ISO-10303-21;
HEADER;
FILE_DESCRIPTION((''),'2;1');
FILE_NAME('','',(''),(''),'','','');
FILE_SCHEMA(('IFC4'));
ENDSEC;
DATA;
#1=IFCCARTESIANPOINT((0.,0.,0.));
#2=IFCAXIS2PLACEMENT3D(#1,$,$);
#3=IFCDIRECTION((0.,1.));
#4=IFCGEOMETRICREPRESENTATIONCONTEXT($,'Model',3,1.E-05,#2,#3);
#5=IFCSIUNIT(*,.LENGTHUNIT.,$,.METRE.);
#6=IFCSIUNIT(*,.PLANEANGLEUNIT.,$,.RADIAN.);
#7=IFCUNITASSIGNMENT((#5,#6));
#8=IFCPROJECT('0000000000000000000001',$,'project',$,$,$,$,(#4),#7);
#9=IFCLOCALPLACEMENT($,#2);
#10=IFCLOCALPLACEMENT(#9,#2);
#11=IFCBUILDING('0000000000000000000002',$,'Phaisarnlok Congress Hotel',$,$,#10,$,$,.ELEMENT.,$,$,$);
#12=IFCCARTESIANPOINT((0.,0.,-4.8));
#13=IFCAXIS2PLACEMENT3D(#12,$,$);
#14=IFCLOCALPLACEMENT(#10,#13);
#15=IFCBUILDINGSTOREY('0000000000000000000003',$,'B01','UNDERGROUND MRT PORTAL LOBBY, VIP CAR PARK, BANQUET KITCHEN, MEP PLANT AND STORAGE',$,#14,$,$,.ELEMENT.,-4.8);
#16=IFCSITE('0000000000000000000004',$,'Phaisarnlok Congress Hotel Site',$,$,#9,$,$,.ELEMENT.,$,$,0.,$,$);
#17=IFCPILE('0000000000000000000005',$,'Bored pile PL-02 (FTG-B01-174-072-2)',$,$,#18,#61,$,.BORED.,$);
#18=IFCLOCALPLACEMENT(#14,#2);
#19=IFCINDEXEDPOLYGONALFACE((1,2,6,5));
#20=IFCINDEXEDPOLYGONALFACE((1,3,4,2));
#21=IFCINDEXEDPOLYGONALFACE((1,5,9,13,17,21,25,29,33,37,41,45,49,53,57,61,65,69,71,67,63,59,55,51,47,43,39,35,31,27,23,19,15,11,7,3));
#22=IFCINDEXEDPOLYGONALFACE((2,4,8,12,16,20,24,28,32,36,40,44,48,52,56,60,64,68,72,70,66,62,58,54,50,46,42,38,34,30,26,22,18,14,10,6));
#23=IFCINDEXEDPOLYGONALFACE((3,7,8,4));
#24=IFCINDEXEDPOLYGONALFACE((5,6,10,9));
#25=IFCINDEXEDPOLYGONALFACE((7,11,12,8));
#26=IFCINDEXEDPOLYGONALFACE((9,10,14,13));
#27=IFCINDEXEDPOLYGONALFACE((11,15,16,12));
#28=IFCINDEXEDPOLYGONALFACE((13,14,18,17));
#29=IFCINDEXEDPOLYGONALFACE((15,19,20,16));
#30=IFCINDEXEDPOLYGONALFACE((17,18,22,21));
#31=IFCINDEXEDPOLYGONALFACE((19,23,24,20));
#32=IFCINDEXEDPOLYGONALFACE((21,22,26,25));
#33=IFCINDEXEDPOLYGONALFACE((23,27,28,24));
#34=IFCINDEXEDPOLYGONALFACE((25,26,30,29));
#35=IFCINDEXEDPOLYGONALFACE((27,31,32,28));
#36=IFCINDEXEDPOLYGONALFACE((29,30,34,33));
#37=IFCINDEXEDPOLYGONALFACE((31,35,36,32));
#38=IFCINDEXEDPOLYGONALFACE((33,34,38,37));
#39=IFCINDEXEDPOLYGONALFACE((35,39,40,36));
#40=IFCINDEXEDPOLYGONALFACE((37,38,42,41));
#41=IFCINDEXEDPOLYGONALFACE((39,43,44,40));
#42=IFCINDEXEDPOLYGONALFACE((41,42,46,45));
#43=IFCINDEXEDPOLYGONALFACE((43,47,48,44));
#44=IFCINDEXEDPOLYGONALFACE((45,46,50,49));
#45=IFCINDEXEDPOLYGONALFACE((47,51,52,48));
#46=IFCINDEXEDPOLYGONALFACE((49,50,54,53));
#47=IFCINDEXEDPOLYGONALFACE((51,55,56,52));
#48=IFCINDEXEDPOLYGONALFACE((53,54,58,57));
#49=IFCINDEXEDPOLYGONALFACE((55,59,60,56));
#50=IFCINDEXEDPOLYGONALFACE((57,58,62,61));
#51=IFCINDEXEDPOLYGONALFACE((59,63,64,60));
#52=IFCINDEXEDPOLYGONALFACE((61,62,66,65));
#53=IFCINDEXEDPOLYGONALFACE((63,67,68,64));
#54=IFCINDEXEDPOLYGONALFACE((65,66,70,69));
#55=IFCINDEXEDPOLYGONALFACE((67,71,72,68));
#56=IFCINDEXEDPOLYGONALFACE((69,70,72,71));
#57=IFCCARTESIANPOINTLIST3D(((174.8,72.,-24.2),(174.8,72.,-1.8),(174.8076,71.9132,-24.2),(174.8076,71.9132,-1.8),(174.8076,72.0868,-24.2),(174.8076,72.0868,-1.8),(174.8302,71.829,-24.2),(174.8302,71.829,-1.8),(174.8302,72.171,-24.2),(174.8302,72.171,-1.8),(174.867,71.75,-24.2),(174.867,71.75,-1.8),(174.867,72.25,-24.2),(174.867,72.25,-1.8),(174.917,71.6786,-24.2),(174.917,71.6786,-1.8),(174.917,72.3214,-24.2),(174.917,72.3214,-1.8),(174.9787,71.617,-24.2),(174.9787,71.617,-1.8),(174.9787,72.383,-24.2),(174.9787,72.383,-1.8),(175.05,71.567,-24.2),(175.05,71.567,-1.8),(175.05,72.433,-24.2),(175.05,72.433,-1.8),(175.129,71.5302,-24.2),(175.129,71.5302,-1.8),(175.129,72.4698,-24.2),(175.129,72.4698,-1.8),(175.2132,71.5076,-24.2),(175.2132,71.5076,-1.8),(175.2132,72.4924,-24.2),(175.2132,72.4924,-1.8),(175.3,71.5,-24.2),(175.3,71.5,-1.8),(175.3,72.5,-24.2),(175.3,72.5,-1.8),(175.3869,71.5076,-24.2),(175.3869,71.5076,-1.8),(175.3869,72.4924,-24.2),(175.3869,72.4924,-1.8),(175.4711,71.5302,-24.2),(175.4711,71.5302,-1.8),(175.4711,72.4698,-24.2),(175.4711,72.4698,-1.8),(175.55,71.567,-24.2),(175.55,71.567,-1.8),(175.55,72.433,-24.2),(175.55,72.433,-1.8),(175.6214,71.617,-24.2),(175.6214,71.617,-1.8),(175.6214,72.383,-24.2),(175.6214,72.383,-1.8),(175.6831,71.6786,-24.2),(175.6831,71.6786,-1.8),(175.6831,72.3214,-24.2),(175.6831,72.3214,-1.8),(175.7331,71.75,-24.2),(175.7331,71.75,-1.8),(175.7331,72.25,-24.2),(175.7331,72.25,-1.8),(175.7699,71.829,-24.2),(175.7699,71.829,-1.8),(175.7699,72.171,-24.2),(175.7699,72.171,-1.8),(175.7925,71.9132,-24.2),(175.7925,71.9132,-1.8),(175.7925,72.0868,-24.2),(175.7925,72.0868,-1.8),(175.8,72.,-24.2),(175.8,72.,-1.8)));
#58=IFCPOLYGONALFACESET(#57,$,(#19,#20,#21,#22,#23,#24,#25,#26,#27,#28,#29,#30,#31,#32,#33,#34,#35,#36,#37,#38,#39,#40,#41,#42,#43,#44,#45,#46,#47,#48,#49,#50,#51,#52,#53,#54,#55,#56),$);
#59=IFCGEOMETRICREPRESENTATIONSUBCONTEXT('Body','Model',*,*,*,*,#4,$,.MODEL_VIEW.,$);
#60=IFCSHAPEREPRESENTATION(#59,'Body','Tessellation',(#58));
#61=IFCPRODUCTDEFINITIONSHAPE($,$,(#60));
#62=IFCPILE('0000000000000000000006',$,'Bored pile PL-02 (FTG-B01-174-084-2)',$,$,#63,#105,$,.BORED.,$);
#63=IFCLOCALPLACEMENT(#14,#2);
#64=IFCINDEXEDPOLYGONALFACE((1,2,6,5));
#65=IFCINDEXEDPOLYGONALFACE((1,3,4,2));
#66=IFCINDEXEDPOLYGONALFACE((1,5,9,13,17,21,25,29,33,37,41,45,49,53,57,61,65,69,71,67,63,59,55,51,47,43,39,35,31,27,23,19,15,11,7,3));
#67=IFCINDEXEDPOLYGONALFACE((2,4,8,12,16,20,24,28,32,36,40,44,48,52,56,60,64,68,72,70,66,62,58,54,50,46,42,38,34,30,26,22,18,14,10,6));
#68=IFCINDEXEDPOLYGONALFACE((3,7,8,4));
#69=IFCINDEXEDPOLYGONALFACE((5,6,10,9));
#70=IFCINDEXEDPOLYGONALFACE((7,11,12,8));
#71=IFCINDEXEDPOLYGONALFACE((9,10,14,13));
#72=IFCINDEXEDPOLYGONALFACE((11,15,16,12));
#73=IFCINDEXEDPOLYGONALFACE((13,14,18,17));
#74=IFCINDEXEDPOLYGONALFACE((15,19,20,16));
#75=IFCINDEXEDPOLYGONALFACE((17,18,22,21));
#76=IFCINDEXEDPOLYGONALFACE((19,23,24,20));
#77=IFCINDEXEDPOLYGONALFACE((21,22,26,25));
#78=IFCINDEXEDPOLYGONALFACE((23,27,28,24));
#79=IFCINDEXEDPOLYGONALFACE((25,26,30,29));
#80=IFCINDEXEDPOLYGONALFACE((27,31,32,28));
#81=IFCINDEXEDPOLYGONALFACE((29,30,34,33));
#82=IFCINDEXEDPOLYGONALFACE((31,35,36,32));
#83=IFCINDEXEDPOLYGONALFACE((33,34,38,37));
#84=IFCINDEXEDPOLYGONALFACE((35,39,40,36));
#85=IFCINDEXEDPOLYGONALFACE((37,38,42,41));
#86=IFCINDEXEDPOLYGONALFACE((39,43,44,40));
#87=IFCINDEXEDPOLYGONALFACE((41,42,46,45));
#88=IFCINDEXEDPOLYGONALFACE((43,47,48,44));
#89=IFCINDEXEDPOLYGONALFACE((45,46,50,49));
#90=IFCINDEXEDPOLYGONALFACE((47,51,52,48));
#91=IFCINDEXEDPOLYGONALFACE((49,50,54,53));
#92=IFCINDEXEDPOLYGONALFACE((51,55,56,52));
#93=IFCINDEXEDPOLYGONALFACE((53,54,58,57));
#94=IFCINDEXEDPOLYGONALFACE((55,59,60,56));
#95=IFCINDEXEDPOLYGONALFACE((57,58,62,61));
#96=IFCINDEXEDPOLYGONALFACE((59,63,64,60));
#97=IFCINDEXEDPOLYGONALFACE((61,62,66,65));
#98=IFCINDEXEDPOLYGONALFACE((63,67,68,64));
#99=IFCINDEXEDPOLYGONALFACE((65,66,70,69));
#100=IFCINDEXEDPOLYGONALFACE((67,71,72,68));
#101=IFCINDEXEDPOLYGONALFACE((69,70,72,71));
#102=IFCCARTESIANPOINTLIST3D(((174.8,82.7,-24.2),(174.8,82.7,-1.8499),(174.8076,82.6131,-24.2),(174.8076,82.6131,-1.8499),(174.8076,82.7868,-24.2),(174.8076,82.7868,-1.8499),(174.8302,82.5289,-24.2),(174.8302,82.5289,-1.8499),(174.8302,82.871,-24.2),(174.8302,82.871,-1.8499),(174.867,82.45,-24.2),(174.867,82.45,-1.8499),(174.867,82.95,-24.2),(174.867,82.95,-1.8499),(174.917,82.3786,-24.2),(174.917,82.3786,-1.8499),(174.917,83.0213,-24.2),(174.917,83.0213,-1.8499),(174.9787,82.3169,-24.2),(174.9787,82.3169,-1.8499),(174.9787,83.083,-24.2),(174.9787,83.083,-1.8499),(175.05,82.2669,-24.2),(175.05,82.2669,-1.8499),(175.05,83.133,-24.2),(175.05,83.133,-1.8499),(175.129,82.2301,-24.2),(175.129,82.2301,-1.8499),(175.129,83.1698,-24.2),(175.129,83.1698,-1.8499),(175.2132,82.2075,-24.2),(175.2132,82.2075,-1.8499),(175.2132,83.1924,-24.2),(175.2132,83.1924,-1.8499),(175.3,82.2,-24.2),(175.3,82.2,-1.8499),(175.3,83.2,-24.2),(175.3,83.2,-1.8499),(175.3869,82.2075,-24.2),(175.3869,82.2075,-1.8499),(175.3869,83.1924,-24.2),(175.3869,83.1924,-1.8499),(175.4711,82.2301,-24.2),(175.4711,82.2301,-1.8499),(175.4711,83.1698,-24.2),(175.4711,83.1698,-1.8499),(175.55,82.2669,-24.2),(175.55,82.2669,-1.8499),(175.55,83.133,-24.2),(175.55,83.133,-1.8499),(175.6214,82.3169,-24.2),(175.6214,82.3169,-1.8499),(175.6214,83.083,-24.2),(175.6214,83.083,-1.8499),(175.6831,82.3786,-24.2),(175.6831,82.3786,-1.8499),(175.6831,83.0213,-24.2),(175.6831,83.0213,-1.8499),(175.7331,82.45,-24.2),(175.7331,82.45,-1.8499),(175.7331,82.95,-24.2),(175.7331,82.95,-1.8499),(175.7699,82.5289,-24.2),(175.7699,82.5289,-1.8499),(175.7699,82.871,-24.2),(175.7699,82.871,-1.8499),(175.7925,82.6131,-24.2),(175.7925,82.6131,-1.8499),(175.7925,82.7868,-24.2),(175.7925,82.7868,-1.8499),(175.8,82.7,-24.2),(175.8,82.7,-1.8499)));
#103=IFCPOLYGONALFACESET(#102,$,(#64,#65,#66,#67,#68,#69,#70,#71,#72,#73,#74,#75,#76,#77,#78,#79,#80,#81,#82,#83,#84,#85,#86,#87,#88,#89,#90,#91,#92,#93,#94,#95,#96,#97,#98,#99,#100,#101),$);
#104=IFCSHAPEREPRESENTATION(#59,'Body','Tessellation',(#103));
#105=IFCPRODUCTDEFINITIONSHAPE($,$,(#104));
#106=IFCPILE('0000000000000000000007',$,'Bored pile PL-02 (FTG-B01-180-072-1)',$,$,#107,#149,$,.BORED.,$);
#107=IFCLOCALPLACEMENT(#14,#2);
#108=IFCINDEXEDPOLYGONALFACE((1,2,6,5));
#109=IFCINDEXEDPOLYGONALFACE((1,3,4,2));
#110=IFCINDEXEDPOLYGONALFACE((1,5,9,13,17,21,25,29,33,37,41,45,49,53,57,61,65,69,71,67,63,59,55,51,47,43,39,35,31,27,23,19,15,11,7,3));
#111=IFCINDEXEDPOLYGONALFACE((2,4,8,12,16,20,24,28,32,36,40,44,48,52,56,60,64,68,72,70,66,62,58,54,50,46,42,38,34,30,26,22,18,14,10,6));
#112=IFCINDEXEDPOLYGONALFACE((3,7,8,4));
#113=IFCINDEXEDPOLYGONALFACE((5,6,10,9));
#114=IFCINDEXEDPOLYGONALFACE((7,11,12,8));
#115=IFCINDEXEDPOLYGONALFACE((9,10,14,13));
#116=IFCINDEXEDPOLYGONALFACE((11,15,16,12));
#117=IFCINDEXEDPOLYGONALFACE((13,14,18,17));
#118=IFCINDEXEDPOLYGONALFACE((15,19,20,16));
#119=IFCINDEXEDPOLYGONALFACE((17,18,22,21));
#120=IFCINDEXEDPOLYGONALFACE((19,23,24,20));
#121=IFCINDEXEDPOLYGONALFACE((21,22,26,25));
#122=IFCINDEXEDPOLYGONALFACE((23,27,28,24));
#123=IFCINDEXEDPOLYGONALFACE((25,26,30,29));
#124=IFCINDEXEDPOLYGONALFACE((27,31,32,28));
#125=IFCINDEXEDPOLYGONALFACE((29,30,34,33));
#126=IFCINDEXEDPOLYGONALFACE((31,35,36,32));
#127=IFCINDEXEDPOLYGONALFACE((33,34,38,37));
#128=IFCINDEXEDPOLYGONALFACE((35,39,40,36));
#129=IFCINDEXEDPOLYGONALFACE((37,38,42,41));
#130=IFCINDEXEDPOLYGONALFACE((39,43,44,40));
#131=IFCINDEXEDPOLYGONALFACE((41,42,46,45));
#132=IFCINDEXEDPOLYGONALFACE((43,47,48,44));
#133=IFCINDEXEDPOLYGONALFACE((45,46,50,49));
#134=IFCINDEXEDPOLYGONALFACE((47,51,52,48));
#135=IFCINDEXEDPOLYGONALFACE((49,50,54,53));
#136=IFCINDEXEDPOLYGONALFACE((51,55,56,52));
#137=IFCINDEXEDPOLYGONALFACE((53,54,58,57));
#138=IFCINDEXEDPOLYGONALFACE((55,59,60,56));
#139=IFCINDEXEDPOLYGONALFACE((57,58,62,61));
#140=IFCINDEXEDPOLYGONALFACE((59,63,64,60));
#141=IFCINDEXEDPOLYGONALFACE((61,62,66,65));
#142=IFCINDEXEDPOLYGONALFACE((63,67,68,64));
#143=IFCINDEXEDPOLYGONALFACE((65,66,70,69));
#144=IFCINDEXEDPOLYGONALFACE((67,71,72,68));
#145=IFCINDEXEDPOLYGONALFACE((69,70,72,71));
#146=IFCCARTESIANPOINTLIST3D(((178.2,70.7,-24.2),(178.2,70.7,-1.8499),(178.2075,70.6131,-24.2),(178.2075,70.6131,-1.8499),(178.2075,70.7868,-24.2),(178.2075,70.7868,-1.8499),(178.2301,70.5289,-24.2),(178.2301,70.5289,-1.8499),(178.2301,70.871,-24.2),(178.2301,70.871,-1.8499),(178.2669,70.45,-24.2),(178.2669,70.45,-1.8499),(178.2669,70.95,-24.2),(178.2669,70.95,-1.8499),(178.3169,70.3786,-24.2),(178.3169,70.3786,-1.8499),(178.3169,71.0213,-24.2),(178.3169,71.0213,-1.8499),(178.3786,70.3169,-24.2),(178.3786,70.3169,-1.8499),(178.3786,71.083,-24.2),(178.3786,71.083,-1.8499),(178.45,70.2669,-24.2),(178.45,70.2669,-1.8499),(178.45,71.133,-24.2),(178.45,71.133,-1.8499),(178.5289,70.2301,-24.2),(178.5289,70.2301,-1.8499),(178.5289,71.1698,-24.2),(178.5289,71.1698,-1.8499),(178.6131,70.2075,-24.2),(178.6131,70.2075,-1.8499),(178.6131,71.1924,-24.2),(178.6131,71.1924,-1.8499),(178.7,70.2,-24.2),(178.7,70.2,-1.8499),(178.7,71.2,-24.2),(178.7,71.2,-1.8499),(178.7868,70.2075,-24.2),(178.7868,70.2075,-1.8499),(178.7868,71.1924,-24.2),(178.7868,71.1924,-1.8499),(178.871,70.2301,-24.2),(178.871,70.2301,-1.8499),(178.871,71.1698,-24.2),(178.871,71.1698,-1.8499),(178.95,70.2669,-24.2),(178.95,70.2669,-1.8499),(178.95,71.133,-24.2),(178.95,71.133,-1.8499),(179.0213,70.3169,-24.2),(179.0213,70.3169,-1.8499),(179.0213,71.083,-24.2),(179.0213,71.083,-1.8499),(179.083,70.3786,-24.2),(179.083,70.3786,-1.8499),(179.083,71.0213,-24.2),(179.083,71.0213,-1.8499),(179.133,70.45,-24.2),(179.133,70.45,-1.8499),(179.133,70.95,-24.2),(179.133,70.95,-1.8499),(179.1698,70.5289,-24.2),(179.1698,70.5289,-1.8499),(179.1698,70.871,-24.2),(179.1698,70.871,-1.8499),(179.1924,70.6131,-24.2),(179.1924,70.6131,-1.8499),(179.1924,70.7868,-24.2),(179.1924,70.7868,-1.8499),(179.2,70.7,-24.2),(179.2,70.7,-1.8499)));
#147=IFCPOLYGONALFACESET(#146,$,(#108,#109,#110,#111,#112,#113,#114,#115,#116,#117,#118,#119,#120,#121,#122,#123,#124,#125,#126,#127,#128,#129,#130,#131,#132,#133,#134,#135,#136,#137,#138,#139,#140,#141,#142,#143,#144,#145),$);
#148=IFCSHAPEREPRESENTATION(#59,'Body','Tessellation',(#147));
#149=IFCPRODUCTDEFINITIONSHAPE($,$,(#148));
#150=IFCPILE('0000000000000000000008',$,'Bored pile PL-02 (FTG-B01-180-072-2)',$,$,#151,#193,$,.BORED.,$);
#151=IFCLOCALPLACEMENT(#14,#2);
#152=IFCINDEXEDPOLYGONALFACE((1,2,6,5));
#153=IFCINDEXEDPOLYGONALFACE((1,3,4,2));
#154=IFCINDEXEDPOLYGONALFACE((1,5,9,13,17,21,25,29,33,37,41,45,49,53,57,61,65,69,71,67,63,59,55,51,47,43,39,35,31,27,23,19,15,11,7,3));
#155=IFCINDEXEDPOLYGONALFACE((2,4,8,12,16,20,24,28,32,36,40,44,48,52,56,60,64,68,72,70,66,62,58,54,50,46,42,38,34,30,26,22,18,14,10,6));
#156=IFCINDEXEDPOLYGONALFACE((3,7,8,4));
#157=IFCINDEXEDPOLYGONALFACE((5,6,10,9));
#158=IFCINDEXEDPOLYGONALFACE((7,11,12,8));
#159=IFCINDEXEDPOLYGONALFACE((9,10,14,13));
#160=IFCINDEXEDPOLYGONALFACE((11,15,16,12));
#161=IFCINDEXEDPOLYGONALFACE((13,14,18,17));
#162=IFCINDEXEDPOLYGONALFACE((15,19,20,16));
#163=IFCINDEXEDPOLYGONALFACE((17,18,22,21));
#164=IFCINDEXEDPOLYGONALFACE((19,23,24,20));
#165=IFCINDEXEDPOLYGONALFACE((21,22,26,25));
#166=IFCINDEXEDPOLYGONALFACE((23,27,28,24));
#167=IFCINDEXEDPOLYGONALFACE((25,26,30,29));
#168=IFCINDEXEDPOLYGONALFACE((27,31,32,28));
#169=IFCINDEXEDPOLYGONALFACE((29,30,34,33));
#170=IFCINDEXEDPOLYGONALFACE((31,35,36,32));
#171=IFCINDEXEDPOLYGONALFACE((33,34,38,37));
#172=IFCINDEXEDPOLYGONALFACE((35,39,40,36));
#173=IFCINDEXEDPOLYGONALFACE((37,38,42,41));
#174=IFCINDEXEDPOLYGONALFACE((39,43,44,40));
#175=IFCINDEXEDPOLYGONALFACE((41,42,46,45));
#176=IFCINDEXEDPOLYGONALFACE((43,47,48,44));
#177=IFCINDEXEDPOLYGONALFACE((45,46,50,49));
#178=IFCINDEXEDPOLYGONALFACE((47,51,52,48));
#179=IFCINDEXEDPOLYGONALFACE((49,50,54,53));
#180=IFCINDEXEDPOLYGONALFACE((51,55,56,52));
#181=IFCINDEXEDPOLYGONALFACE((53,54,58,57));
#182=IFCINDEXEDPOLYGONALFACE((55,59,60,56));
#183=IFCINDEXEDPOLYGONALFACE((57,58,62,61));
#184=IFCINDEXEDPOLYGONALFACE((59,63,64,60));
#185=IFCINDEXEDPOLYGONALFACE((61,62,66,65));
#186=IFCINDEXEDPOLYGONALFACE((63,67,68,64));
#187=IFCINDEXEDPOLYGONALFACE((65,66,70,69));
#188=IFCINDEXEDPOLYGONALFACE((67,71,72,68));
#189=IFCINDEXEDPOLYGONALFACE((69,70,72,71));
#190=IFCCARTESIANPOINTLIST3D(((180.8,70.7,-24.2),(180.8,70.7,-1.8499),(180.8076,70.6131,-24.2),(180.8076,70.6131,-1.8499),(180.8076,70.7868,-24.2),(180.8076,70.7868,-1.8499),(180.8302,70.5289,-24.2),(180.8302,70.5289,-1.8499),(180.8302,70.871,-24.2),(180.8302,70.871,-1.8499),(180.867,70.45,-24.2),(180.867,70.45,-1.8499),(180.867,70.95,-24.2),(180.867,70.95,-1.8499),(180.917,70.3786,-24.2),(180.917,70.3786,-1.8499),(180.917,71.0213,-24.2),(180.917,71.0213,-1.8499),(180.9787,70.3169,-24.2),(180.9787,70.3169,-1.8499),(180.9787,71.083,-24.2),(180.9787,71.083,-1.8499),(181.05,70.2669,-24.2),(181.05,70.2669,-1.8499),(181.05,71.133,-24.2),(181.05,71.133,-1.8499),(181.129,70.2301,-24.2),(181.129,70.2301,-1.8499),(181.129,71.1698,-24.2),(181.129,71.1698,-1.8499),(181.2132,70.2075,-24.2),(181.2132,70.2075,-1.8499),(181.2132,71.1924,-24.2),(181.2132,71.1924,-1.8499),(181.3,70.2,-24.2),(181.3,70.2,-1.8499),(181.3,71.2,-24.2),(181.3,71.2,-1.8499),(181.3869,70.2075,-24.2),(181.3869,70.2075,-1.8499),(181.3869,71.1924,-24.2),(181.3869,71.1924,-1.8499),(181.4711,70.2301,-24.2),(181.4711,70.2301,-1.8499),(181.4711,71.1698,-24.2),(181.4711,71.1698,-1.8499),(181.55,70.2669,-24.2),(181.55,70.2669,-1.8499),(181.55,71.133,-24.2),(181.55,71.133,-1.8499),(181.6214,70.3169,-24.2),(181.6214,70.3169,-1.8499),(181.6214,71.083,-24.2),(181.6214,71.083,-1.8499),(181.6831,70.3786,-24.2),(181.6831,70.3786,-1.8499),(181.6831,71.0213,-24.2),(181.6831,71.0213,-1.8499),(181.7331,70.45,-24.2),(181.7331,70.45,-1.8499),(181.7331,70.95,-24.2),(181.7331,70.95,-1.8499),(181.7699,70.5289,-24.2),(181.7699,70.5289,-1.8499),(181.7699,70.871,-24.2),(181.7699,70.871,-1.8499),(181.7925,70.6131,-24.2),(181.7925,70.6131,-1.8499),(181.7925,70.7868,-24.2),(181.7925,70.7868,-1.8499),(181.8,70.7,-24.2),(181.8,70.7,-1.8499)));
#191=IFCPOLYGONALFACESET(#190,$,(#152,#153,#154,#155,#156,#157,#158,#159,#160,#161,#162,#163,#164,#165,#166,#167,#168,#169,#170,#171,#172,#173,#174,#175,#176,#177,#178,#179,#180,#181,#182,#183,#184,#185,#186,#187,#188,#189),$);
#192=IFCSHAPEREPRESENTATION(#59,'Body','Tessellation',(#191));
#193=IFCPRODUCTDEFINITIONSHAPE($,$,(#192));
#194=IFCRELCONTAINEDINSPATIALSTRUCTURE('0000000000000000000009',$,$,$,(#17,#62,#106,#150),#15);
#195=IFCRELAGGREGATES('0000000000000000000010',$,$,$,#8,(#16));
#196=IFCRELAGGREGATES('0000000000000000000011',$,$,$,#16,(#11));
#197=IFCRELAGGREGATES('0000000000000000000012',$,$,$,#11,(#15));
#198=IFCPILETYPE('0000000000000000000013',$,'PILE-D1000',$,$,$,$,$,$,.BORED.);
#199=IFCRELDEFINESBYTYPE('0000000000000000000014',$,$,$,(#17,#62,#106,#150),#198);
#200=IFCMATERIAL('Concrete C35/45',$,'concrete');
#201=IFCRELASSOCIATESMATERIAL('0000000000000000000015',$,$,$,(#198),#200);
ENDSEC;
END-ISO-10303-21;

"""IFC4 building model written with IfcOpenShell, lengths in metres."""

from ifc_helpers import new_model, si_unit, direction, frame, origin, origin_2d, place, context, subcontext, project, spatial, circle, extrude, material, material_profile, profile_set, type_object, element, save


model = new_model("IFC4")

# Units and contexts
model_context = context("Model", 3, precision=1e-05, world=origin(), true_north=direction((0.0, 1.0)))
body_context = subcontext(model_context, "Body", "Model", "MODEL_VIEW")
ifc_project = project(units=[si_unit("LENGTHUNIT", "METRE"), si_unit("PLANEANGLEUNIT", "RADIAN")], contexts=[model_context])

# Site, building, storey
site_placement = place(None, origin())
site = spatial("IfcSite", under=ifc_project, at=site_placement, Name="Phaisarnlok Congress Hotel Site", CompositionType="ELEMENT", RefElevation=0.0)
building_placement = place(site_placement, origin())
building = spatial("IfcBuilding", under=site, at=building_placement, Name="Phaisarnlok Congress Hotel", CompositionType="ELEMENT")
storey_placement = place(building_placement, frame((0.0, 0.0, -4.8)))
storey = spatial("IfcBuildingStorey", under=building, at=storey_placement, Name="B01", Description="UNDERGROUND MRT PORTAL LOBBY, VIP CAR PARK, BANQUET KITCHEN, MEP PLANT AND STORAGE", CompositionType="ELEMENT", Elevation=-4.8)

# Piles
ifc_material_1 = material(Name="Concrete C35/45", Category="concrete")
ifc_material_profile_1 = material_profile(ifc_material_1, circle(Radius=0.5, at=origin_2d()), Name="BORED PILE D1000")
ifc_profile_set_1 = profile_set([ifc_material_profile_1], Name="Concrete C35/45")
pile_type_1 = type_object("IfcPileType", Name="PILE-D1000", PredefinedType="BORED", material=ifc_profile_set_1)
pile_placement = place(storey_placement, frame((175.3, 72.0, -1.8), z_axis=(0.0, 0.0, -1.0), x_axis=(1.0, 0.0, 0.0)))
element("IfcPile", 1, at=pile_placement, inside=storey, type_object=pile_type_1, Name="Bored pile PL-02 (FTG-B01-174-072-2)", PredefinedType="BORED", context=body_context, shape_type="SweptSolid", body=[
    extrude(circle(Radius=0.5, at=origin_2d()), origin(), (0.0, 0.0, 1.0), 22.3999),
])
for number, where, z_axis, x_axis, name in (
    (2, (175.3, 82.7, -1.8499), (0.0, 0.0, -1.0), (1.0, 0.0, 0.0), "Bored pile PL-02 (FTG-B01-174-084-2)"),
    (3, (178.7, 70.7, -1.8499), (0.0, 0.0, -1.0), (1.0, 0.0, 0.0), "Bored pile PL-02 (FTG-B01-180-072-1)"),
    (4, (181.3, 70.7, -1.8499), (0.0, 0.0, -1.0), (1.0, 0.0, 0.0), "Bored pile PL-02 (FTG-B01-180-072-2)"),
):
    element("IfcPile", number, at=place(storey_placement, frame(where, z_axis=z_axis, x_axis=x_axis)), inside=storey, type_object=pile_type_1, Name=name, PredefinedType="BORED", context=body_context, shape_type="SweptSolid", body=[
        extrude(circle(Radius=0.5, at=origin_2d()), origin(), (0.0, 0.0, 1.0), 22.3501),
    ])

save(model, "model.ifc")
